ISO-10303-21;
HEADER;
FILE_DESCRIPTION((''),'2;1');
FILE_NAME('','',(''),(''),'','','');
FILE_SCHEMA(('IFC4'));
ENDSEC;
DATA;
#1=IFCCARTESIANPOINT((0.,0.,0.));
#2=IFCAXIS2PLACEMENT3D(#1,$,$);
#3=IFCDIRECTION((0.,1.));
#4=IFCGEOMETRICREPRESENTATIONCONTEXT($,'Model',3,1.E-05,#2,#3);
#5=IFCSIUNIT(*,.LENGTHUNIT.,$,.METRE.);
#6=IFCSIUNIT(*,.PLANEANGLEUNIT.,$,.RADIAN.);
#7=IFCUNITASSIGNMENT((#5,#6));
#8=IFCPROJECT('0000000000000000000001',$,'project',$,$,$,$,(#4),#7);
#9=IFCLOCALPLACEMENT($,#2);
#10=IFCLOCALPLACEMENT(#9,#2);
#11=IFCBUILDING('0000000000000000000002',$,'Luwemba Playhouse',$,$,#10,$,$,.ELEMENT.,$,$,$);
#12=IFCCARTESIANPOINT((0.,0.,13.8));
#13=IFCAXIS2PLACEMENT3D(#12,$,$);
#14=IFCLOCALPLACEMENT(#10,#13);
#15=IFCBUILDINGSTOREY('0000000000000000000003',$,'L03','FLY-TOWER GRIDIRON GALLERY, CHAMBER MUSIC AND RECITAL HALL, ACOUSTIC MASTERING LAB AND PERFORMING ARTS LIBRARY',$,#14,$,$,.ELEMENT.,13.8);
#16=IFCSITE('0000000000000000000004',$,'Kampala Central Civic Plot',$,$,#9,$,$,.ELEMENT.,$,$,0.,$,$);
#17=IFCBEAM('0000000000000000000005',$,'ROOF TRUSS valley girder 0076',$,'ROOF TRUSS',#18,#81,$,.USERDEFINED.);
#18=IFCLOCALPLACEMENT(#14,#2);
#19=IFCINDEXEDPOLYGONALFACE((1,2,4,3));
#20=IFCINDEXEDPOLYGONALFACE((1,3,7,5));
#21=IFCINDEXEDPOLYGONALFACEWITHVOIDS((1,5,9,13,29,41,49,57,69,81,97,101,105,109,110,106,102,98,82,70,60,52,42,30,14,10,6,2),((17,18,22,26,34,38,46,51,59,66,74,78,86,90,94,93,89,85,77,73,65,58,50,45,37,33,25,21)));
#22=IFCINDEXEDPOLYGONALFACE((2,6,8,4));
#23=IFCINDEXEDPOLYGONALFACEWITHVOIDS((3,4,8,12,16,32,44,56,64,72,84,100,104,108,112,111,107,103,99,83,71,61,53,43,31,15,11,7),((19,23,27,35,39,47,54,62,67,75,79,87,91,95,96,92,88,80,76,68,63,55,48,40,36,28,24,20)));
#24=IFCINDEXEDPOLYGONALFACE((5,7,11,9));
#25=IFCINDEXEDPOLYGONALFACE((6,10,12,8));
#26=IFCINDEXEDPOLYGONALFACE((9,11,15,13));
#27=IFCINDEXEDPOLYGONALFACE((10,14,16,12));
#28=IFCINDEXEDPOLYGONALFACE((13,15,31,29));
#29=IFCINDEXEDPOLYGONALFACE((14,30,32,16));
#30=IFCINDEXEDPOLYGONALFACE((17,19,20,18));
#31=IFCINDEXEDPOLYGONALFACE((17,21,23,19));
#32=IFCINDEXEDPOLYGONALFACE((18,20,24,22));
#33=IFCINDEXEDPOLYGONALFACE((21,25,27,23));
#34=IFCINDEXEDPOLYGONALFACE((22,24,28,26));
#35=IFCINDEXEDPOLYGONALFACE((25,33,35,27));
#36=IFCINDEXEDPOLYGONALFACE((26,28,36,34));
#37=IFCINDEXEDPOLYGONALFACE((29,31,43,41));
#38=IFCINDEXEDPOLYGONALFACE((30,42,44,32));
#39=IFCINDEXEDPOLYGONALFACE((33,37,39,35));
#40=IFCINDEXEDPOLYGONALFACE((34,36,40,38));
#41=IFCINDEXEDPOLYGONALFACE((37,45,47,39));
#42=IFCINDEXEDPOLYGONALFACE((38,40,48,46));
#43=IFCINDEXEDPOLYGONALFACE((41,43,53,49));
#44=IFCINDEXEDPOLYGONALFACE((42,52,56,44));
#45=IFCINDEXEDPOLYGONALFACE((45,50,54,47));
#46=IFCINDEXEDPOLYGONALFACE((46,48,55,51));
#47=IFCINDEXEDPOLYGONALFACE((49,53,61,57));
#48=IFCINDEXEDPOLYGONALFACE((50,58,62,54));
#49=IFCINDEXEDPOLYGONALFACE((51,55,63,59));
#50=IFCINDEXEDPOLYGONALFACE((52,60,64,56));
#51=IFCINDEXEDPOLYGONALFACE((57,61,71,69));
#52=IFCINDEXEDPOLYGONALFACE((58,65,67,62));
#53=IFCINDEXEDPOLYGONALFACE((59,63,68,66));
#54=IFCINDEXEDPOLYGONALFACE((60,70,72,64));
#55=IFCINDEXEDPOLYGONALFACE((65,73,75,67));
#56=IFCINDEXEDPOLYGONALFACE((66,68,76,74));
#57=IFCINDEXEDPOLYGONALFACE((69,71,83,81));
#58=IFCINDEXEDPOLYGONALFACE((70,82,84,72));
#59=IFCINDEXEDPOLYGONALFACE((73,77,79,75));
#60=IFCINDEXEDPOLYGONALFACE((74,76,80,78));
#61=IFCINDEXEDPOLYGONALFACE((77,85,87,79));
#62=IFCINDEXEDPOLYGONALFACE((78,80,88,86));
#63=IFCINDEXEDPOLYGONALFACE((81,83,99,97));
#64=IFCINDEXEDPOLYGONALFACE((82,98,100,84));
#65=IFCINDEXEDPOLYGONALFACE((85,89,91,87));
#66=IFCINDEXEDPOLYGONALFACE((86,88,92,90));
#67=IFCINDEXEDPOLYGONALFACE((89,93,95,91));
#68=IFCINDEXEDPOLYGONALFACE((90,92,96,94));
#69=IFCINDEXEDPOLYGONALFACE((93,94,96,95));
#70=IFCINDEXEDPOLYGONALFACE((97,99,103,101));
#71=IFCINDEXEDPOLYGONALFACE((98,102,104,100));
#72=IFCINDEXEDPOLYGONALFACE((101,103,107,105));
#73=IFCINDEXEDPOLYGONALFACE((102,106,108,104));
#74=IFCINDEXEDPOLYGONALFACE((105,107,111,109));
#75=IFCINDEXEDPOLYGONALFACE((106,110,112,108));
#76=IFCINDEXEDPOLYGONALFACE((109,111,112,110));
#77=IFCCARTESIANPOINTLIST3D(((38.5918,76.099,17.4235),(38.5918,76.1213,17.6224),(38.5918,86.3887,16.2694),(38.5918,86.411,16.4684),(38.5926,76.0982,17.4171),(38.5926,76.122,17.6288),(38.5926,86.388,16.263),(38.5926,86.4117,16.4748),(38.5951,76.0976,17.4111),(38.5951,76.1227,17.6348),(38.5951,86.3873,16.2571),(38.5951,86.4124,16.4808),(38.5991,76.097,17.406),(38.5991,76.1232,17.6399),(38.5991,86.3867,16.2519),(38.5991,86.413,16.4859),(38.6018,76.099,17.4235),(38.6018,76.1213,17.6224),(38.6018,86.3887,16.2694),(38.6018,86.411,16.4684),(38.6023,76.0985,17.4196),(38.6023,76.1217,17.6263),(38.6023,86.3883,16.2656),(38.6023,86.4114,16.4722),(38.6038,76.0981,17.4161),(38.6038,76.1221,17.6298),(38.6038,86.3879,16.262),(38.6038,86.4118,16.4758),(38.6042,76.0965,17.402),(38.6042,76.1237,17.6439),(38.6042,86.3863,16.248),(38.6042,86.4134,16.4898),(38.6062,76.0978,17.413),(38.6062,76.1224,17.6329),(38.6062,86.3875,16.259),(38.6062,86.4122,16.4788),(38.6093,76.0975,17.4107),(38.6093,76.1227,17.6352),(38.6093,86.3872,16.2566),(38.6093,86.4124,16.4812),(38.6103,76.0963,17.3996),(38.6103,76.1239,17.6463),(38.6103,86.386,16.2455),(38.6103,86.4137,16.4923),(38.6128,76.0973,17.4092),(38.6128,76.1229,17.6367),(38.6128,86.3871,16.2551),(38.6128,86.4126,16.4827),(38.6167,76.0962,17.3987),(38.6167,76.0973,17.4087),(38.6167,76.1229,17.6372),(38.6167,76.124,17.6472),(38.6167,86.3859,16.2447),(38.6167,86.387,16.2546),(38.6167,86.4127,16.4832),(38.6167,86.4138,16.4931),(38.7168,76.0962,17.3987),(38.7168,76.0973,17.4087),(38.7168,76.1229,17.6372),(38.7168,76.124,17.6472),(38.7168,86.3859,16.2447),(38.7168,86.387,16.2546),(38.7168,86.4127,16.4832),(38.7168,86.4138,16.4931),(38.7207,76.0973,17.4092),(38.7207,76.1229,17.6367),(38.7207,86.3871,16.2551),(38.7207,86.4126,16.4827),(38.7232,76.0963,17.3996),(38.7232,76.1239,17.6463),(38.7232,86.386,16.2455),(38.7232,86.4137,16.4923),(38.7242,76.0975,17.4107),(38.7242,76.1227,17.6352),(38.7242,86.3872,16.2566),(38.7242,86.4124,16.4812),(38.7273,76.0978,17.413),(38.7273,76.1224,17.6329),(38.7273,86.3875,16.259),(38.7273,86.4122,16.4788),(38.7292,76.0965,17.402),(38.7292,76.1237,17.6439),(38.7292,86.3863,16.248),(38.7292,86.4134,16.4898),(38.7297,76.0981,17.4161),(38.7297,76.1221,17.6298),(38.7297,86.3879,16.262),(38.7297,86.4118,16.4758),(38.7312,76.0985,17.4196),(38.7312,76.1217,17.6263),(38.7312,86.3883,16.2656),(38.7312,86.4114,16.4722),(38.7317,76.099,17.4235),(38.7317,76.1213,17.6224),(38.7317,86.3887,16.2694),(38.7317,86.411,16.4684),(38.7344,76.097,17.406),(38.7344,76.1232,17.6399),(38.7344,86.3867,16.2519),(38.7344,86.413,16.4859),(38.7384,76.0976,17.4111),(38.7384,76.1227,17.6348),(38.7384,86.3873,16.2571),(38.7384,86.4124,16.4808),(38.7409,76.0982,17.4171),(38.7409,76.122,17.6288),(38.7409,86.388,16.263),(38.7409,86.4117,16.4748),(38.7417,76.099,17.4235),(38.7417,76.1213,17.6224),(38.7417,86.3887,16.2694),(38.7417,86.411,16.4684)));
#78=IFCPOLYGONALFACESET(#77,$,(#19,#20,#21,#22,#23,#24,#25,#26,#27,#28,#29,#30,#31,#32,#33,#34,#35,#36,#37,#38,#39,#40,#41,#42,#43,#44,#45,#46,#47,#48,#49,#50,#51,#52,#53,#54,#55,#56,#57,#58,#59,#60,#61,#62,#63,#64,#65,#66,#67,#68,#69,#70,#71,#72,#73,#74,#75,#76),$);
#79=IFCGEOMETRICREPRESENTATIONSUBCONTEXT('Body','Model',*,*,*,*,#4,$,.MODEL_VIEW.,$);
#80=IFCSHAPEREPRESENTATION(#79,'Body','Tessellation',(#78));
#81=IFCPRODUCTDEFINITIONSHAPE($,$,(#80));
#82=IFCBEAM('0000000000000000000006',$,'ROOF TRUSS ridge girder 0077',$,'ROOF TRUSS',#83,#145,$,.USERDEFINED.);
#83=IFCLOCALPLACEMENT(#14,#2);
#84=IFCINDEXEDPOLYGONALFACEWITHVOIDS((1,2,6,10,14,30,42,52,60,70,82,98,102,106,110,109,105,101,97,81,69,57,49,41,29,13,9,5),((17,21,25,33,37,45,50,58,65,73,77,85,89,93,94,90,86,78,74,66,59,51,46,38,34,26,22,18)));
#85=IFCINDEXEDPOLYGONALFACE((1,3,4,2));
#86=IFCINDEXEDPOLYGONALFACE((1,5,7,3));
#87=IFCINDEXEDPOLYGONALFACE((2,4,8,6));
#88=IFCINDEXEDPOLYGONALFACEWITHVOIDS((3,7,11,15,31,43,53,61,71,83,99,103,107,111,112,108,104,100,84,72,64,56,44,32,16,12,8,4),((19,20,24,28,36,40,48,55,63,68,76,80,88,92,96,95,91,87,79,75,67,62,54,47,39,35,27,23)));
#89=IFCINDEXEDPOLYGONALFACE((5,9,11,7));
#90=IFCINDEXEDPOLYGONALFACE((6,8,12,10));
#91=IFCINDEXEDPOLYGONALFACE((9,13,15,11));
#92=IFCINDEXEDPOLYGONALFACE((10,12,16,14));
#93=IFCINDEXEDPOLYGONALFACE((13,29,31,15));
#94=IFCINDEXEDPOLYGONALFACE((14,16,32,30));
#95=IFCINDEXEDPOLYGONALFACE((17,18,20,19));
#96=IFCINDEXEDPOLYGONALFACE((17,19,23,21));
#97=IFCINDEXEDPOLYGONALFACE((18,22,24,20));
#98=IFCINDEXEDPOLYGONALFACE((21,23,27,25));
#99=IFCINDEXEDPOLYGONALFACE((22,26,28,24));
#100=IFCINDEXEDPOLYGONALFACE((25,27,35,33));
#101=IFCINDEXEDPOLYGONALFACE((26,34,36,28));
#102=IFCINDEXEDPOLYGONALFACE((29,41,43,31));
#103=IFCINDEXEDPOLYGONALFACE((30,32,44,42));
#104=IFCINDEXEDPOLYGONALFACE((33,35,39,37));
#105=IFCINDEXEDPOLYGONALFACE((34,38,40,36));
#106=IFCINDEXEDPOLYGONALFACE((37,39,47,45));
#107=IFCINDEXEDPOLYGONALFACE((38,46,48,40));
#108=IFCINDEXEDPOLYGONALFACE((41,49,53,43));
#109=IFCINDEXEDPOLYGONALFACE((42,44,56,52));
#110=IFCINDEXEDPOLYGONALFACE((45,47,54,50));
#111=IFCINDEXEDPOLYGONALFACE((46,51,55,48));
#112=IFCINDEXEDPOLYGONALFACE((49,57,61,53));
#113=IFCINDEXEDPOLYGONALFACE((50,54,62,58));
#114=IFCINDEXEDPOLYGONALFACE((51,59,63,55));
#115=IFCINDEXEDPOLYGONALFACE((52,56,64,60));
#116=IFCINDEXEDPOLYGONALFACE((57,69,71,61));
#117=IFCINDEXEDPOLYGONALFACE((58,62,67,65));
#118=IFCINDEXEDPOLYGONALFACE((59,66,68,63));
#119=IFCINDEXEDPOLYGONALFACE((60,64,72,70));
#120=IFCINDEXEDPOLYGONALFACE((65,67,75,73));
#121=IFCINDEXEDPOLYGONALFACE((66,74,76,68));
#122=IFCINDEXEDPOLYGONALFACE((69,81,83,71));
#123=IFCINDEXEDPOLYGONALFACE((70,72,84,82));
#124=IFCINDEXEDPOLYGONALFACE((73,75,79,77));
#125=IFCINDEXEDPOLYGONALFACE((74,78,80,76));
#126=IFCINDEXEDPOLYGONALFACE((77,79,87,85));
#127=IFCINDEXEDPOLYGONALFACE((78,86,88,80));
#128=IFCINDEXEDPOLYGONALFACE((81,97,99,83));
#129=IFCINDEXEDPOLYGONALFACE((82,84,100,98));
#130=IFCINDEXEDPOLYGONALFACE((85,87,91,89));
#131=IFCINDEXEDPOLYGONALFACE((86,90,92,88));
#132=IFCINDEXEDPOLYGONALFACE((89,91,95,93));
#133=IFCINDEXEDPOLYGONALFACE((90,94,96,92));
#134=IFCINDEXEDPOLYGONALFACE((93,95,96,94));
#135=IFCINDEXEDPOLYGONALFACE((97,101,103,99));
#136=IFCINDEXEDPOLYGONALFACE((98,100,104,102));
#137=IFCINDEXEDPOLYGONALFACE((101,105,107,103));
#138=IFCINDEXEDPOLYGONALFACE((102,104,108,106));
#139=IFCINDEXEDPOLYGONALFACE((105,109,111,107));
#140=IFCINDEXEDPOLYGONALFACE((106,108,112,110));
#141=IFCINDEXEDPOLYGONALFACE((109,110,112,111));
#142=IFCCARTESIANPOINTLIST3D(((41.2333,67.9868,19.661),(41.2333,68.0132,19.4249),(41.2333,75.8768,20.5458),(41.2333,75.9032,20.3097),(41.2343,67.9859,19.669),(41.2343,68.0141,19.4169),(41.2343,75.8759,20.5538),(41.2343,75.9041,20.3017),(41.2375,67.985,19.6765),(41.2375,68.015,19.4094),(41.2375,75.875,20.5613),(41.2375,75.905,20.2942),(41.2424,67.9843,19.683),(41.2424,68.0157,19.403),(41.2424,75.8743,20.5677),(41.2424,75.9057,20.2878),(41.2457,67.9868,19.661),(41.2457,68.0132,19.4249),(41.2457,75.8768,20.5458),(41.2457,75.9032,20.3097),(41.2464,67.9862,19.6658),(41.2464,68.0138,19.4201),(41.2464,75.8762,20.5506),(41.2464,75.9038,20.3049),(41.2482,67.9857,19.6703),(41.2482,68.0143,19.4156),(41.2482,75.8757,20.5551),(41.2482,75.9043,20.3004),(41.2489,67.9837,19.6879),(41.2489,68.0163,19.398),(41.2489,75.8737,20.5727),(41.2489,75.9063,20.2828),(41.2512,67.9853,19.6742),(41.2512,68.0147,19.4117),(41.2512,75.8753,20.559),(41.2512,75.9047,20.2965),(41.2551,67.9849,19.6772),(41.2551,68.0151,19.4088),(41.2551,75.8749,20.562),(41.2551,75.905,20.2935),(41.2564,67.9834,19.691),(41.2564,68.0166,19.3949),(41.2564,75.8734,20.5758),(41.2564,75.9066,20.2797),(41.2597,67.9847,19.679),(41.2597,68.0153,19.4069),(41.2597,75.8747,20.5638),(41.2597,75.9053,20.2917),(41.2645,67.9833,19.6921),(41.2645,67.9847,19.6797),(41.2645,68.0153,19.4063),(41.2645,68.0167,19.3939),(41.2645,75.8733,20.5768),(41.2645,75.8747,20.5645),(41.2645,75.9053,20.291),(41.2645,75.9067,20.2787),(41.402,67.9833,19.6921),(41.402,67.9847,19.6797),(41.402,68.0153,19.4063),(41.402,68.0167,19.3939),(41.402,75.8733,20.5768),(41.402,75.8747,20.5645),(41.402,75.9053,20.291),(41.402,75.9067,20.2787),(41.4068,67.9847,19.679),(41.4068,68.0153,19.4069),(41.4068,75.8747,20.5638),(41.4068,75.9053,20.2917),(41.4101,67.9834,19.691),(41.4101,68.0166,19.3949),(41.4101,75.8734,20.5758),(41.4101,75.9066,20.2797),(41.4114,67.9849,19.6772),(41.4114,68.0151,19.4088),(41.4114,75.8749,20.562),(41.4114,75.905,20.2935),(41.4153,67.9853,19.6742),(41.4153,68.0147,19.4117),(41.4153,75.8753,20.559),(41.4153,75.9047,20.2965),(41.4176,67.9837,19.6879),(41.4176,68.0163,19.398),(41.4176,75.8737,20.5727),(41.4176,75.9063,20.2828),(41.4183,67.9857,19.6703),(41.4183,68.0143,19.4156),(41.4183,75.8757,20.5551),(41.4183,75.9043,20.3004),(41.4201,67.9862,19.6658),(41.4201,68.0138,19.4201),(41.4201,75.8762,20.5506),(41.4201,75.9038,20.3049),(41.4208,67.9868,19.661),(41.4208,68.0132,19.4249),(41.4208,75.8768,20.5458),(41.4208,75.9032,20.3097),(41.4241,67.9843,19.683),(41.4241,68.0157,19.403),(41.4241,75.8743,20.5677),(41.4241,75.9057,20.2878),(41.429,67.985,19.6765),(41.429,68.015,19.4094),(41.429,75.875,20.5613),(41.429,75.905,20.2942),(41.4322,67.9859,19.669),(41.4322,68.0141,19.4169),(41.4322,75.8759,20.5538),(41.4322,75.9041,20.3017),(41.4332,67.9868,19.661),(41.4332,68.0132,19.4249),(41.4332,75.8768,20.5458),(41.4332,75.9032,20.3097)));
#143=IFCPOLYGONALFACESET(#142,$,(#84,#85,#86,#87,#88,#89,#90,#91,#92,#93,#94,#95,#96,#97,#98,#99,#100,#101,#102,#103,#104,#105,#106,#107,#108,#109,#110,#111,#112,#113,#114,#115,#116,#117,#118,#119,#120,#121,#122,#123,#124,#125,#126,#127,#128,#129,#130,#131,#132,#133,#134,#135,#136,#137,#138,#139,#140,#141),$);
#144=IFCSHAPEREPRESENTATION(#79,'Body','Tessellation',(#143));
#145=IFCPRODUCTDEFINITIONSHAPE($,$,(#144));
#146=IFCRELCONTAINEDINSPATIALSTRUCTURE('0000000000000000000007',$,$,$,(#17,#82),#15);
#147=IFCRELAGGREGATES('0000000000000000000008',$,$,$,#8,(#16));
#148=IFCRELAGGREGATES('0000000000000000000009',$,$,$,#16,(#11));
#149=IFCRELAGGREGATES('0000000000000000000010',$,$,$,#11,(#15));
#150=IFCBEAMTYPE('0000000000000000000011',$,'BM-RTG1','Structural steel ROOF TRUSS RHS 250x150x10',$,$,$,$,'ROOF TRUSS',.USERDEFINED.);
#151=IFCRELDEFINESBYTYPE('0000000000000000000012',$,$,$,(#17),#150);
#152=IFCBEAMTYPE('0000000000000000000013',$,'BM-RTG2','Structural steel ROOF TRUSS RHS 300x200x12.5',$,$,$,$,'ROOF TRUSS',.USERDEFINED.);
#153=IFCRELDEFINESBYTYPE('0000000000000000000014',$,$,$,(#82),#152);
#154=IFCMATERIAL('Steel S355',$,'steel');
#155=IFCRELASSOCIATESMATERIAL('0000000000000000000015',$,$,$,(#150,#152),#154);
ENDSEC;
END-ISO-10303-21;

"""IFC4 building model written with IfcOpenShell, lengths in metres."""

from ifc_helpers import new_model, si_unit, direction, frame, origin, origin_2d, place, context, subcontext, project, spatial, hollow_rectangle, extrude, material, material_profile, profile_set, type_object, element, save


model = new_model("IFC4")

# Units and contexts
model_context = context("Model", 3, precision=1e-05, world=origin(), true_north=direction((0.0, 1.0)))
body_context = subcontext(model_context, "Body", "Model", "MODEL_VIEW")
ifc_project = project(units=[si_unit("LENGTHUNIT", "METRE"), si_unit("PLANEANGLEUNIT", "RADIAN")], contexts=[model_context])

# Site, building, storey
site_placement = place(None, origin())
site = spatial("IfcSite", under=ifc_project, at=site_placement, Name="Kampala Central Civic Plot", CompositionType="ELEMENT", RefElevation=0.0)
building_placement = place(site_placement, origin())
building = spatial("IfcBuilding", under=site, at=building_placement, Name="Luwemba Playhouse", CompositionType="ELEMENT")
storey_placement = place(building_placement, frame((0.0, 0.0, 13.8)))
storey = spatial("IfcBuildingStorey", under=building, at=storey_placement, Name="L03", Description="FLY-TOWER GRIDIRON GALLERY, CHAMBER MUSIC AND RECITAL HALL, ACOUSTIC MASTERING LAB AND PERFORMING ARTS LIBRARY", CompositionType="ELEMENT", Elevation=13.8)

# Beams
ifc_material_1 = material(Name="Steel S355", Category="steel")
ifc_material_profile_1 = material_profile(ifc_material_1, hollow_rectangle(XDim=0.1499, YDim=0.25, WallThickness=0.01, InnerFilletRadius=0.0149, OuterFilletRadius=0.0249, at=origin_2d()))
ifc_profile_set_1 = profile_set([ifc_material_profile_1], Name="Steel S355")
beam_type_1 = type_object("IfcBeamType", Name="BM-RTG1", Description="Structural steel ROOF TRUSS RHS 250x150x10", ElementType="ROOF TRUSS", PredefinedType="USERDEFINED", material=ifc_profile_set_1)
beam_1_placement = place(storey_placement, frame((38.6667, 76.1101, 17.5229), z_axis=(0.0, 0.993769, -0.111456), x_axis=(-1.0, 0.0, 0.0)))
element("IfcBeam", 1, at=beam_1_placement, inside=storey, type_object=beam_type_1, Name="ROOF TRUSS valley girder 0076", ObjectType="ROOF TRUSS", PredefinedType="USERDEFINED", context=body_context, shape_type="SweptSolid", body=[
    extrude(hollow_rectangle(XDim=0.1499, YDim=0.25, WallThickness=0.01, InnerFilletRadius=0.0149, OuterFilletRadius=0.0249, at=origin_2d()), origin(), (0.0, 0.0, 1.0), 10.3542),
])
ifc_material_profile_2 = material_profile(ifc_material_1, hollow_rectangle(XDim=0.2, YDim=0.3, WallThickness=0.0125, InnerFilletRadius=0.0188, OuterFilletRadius=0.0312, at=origin_2d()))
ifc_profile_set_2 = profile_set([ifc_material_profile_2], Name="Steel S355")
beam_type_2 = type_object("IfcBeamType", Name="BM-RTG2", Description="Structural steel ROOF TRUSS RHS 300x200x12.5", ElementType="ROOF TRUSS", PredefinedType="USERDEFINED", material=ifc_profile_set_2)
beam_2_placement = place(storey_placement, frame((41.3333, 68.0, 19.543), z_axis=(0.0, 0.993771, 0.111441), x_axis=(-1.0, 0.0, 0.0)))
element("IfcBeam", 2, at=beam_2_placement, inside=storey, type_object=beam_type_2, Name="ROOF TRUSS ridge girder 0077", ObjectType="ROOF TRUSS", PredefinedType="USERDEFINED", context=body_context, shape_type="SweptSolid", body=[
    extrude(hollow_rectangle(XDim=0.2, YDim=0.3, WallThickness=0.0125, InnerFilletRadius=0.0188, OuterFilletRadius=0.0312, at=origin_2d()), origin(), (0.0, 0.0, 1.0), 7.9395),
])

save(model, "model.ifc")
